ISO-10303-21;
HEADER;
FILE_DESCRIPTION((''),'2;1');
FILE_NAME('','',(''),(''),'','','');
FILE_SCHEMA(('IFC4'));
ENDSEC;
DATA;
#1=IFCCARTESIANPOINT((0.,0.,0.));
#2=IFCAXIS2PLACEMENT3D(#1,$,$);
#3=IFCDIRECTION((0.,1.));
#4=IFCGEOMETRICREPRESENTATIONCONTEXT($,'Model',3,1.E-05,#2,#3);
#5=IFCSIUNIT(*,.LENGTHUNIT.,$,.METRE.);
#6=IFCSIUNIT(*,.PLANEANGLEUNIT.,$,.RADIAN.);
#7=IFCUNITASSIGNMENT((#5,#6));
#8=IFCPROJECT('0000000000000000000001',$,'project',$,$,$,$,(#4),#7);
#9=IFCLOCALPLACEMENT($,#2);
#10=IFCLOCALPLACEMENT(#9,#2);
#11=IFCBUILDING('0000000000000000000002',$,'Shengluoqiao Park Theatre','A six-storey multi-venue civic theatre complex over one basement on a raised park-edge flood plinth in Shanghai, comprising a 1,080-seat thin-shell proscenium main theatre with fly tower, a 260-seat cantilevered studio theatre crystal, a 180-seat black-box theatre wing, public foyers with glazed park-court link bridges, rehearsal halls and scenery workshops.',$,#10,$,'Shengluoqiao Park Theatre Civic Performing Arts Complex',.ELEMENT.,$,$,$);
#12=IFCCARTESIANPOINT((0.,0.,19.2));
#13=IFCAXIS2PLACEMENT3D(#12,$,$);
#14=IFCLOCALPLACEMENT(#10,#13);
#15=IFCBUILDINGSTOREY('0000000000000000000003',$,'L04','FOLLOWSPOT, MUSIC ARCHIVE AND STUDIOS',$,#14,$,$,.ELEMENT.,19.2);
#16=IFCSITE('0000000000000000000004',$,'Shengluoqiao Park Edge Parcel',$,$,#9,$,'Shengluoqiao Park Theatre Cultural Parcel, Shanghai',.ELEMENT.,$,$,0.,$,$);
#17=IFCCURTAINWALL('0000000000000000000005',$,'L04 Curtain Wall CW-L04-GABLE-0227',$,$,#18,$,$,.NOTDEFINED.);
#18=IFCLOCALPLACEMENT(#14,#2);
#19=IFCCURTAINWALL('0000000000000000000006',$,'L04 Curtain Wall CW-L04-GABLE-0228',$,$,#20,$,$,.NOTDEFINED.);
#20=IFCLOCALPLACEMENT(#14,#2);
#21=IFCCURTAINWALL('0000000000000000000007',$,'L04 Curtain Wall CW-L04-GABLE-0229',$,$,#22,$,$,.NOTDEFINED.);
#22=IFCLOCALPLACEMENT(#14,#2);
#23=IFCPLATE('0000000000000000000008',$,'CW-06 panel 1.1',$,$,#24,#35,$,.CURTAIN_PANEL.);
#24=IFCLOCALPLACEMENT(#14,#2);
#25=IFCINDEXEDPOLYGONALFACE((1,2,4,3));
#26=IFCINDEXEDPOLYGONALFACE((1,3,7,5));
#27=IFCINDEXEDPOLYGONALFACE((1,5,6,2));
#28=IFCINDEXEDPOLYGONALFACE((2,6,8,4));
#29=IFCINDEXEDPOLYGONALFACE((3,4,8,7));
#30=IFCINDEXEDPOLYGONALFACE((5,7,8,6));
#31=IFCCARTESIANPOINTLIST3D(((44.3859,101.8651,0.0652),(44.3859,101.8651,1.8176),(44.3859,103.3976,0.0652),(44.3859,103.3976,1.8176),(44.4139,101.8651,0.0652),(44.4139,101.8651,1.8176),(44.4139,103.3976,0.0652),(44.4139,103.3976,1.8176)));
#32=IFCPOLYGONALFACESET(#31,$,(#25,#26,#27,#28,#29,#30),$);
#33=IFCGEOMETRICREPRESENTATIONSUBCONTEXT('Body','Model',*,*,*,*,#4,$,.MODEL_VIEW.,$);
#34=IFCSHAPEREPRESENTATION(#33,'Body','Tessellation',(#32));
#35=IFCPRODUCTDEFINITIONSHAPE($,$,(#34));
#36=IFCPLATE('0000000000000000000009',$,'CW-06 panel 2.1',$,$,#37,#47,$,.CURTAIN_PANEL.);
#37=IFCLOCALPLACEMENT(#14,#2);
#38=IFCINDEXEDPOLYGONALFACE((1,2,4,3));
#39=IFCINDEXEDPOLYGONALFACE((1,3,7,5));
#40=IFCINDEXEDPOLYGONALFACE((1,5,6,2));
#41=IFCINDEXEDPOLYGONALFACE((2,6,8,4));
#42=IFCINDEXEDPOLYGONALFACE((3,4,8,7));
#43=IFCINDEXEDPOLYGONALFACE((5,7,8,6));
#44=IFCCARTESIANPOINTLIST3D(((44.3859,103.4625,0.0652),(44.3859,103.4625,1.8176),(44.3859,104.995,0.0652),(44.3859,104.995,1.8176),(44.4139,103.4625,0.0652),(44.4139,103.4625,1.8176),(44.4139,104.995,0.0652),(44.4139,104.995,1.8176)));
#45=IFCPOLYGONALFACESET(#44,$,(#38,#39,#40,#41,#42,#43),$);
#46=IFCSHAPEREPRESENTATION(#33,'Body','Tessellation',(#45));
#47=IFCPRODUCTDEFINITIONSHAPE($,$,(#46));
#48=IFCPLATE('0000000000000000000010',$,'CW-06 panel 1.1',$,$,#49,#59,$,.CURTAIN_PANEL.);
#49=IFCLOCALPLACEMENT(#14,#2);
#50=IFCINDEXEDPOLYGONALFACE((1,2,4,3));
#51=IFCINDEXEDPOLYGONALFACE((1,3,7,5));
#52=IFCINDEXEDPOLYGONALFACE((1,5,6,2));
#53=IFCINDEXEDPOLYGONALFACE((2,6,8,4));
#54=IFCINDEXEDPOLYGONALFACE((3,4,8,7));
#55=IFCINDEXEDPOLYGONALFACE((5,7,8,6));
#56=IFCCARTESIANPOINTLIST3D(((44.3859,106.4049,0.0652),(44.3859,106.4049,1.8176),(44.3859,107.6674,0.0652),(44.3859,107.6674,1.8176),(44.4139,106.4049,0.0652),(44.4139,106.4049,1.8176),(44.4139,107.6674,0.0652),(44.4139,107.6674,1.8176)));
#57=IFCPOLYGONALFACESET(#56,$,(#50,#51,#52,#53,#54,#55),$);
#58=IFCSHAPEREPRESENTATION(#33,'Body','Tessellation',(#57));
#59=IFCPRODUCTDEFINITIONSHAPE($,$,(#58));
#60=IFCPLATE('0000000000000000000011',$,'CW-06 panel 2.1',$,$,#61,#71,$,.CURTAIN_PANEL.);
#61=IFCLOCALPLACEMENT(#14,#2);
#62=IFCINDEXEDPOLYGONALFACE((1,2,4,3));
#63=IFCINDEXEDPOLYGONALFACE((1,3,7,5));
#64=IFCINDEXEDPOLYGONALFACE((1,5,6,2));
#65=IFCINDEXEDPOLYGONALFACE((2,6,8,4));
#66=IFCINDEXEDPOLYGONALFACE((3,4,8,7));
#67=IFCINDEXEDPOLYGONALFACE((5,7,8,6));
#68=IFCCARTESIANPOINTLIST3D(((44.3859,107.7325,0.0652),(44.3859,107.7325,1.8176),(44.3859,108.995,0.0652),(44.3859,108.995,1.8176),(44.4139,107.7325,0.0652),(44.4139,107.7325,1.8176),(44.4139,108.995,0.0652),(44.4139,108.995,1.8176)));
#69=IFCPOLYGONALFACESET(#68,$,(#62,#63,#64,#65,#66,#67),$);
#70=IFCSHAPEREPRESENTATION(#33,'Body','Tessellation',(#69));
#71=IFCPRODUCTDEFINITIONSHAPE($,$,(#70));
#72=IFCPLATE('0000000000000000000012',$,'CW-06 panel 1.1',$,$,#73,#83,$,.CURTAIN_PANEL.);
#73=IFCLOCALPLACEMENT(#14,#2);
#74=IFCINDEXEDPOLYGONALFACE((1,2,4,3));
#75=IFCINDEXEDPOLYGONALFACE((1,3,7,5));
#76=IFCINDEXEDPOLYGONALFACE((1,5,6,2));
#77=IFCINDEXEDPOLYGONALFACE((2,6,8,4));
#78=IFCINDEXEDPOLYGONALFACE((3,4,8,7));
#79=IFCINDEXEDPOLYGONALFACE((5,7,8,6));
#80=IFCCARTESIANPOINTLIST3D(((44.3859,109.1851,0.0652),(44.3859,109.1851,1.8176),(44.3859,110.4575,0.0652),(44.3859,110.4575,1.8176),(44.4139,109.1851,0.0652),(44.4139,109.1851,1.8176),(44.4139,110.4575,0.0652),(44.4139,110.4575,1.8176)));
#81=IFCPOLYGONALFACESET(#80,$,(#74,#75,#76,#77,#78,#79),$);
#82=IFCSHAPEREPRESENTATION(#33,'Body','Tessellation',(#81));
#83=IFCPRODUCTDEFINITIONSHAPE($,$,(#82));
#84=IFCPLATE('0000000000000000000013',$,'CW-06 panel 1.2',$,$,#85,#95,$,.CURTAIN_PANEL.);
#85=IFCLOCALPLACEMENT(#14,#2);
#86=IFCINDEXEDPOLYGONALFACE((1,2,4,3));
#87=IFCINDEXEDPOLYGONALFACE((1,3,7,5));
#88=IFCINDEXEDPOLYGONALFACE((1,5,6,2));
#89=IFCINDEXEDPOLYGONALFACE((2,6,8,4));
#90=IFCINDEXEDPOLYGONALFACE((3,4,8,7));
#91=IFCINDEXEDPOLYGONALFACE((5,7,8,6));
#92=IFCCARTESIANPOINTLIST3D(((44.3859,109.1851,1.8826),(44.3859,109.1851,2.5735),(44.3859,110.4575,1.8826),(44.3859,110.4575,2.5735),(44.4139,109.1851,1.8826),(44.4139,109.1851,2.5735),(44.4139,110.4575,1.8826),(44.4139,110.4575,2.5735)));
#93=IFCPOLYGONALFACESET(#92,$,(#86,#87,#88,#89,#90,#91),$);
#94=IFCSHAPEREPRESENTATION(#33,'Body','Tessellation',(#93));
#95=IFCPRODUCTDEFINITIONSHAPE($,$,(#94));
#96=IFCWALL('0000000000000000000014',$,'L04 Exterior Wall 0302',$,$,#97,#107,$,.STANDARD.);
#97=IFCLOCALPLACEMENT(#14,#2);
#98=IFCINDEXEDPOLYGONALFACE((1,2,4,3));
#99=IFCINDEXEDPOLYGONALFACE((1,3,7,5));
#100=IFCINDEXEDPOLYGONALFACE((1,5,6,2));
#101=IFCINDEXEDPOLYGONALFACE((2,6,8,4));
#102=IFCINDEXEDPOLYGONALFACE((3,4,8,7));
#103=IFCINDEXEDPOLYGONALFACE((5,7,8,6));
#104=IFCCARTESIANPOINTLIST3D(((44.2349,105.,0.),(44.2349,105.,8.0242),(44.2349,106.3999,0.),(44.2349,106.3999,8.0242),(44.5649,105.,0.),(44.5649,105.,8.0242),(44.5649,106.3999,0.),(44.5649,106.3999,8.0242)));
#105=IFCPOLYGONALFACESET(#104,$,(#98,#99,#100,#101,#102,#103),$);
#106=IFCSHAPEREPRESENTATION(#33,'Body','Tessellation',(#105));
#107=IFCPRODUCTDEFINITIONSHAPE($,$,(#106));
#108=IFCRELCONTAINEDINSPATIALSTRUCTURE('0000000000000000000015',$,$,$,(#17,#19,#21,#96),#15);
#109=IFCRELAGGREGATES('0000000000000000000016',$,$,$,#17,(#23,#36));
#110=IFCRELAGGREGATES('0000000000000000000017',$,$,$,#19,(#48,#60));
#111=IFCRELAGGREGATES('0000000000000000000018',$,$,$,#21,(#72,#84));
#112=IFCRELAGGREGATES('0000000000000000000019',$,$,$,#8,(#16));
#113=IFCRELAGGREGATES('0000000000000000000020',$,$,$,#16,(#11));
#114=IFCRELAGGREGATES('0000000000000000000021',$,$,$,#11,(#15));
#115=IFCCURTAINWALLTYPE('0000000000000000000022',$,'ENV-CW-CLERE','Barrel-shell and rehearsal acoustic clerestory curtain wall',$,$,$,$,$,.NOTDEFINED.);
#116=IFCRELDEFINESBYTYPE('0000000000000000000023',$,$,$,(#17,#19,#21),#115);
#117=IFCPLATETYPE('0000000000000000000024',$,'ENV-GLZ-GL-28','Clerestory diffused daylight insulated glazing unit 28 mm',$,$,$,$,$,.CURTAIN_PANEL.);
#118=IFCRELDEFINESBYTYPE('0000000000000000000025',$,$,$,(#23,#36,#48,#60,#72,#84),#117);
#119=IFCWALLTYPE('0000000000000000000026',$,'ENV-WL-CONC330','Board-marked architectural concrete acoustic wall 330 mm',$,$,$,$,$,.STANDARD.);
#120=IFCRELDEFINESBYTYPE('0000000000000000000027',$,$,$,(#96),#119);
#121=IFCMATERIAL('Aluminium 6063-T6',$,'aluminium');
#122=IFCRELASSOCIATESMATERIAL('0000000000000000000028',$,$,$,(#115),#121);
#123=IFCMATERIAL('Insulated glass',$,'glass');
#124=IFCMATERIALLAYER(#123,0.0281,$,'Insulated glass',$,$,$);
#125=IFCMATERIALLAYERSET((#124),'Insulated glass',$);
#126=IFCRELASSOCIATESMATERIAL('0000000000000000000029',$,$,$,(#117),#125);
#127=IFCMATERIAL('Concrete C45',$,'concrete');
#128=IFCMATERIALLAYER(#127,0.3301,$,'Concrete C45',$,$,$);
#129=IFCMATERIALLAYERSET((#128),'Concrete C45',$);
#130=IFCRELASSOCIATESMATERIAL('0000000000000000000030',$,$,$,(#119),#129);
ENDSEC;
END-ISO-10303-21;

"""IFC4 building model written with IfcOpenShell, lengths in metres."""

from ifc_helpers import new_model, si_unit, direction, frame, frame_2d, origin, origin_2d, place, context, subcontext, project, spatial, rectangle, extrude, material, layer, layer_set, type_object, element, aggregate, save


model = new_model("IFC4")

# Units and contexts
model_context = context("Model", 3, precision=1e-05, world=origin(), true_north=direction((0.0, 1.0)))
body_context = subcontext(model_context, "Body", "Model", "MODEL_VIEW")
ifc_project = project(units=[si_unit("LENGTHUNIT", "METRE"), si_unit("PLANEANGLEUNIT", "RADIAN")], contexts=[model_context])

# Site, building, storey
site_placement = place(None, origin())
site = spatial("IfcSite", under=ifc_project, at=site_placement, Name="Shengluoqiao Park Edge Parcel", LongName="Shengluoqiao Park Theatre Cultural Parcel, Shanghai", CompositionType="ELEMENT", RefElevation=0.0)
building_placement = place(site_placement, origin())
building = spatial("IfcBuilding", under=site, at=building_placement, Name="Shengluoqiao Park Theatre", Description="A six-storey multi-venue civic theatre complex over one basement on a raised park-edge flood plinth in Shanghai, comprising a 1,080-seat thin-shell proscenium main theatre with fly tower, a 260-seat cantilevered studio theatre crystal, a 180-seat black-box theatre wing, public foyers with glazed park-court link bridges, rehearsal halls and scenery workshops.", LongName="Shengluoqiao Park Theatre Civic Performing Arts Complex", CompositionType="ELEMENT")
storey_placement = place(building_placement, frame((0.0, 0.0, 19.2)))
storey = spatial("IfcBuildingStorey", under=building, at=storey_placement, Name="L04", Description="FOLLOWSPOT, MUSIC ARCHIVE AND STUDIOS", CompositionType="ELEMENT", Elevation=19.2)

# Curtain walls
ifc_material_1 = material(Name="Aluminium 6063-T6", Category="aluminium")
curtain_wall_type = type_object("IfcCurtainWallType", Name="ENV-CW-CLERE", Description="Barrel-shell and rehearsal acoustic clerestory curtain wall", PredefinedType="NOTDEFINED", material=ifc_material_1)
curtain_wall_1_placement = place(storey_placement, origin())
curtain_wall_1 = element("IfcCurtainWall", 1, at=curtain_wall_1_placement, inside=storey, type_object=curtain_wall_type, Name="L04 Curtain Wall CW-L04-GABLE-0227", PredefinedType="NOTDEFINED")
curtain_wall_2_placement = place(storey_placement, origin())
curtain_wall_2 = element("IfcCurtainWall", 2, at=curtain_wall_2_placement, inside=storey, type_object=curtain_wall_type, Name="L04 Curtain Wall CW-L04-GABLE-0228", PredefinedType="NOTDEFINED")

# Curtain wall
curtain_wall_3_placement = place(storey_placement, origin())
curtain_wall_3 = element("IfcCurtainWall", 3, at=curtain_wall_3_placement, inside=storey, type_object=curtain_wall_type, Name="L04 Curtain Wall CW-L04-GABLE-0229", PredefinedType="NOTDEFINED")

# Plates
ifc_material_2 = material(Name="Insulated glass", Category="glass")
ifc_layer_1 = layer(ifc_material_2, 0.0281, Name="Insulated glass")
ifc_layer_set_1 = layer_set([ifc_layer_1], Name="Insulated glass")
plate_type = type_object("IfcPlateType", Name="ENV-GLZ-GL-28", Description="Clerestory diffused daylight insulated glazing unit 28 mm", PredefinedType="CURTAIN_PANEL", material=ifc_layer_set_1)
plate_1_placement = place(storey_placement, frame((44.3999, 102.6313, 0.0652), z_axis=(0.0, 0.0, 1.0), x_axis=(0.0, 1.0, 0.0)))
plate_1 = element("IfcPlate", 4, at=plate_1_placement, type_object=plate_type, Name="CW-06 panel 1.1", PredefinedType="CURTAIN_PANEL", context=body_context, shape_type="SweptSolid", body=[
    extrude(rectangle(XDim=1.5325, YDim=0.0281, at=origin_2d()), origin(), (0.0, 0.0, 1.0), 1.7524),
])
plate_2_placement = place(storey_placement, frame((44.3999, 104.2288, 0.0652), z_axis=(0.0, 0.0, 1.0), x_axis=(0.0, 1.0, 0.0)))
plate_2 = element("IfcPlate", 5, at=plate_2_placement, type_object=plate_type, Name="CW-06 panel 2.1", PredefinedType="CURTAIN_PANEL", context=body_context, shape_type="SweptSolid", body=[
    extrude(rectangle(XDim=1.5325, YDim=0.0281, at=origin_2d()), origin(), (0.0, 0.0, 1.0), 1.7524),
])
aggregate(curtain_wall_1, [plate_1, plate_2])
plate_3_placement = place(storey_placement, frame((44.3999, 107.0361, 0.0652), z_axis=(0.0, 0.0, 1.0), x_axis=(0.0, 1.0, 0.0)))
plate_3 = element("IfcPlate", 6, at=plate_3_placement, type_object=plate_type, Name="CW-06 panel 1.1", PredefinedType="CURTAIN_PANEL", context=body_context, shape_type="SweptSolid", body=[
    extrude(rectangle(XDim=1.2625, YDim=0.0281, at=origin_2d()), origin(), (0.0, 0.0, 1.0), 1.7524),
])
plate_4_placement = place(storey_placement, frame((44.3999, 108.3638, 0.0652), z_axis=(0.0, 0.0, 1.0), x_axis=(0.0, 1.0, 0.0)))
plate_4 = element("IfcPlate", 7, at=plate_4_placement, type_object=plate_type, Name="CW-06 panel 2.1", PredefinedType="CURTAIN_PANEL", context=body_context, shape_type="SweptSolid", body=[
    extrude(rectangle(XDim=1.2625, YDim=0.0281, at=origin_2d()), origin(), (0.0, 0.0, 1.0), 1.7524),
])
aggregate(curtain_wall_2, [plate_3, plate_4])
plate_5_placement = place(storey_placement, frame((44.3999, 109.8213, 0.0652), z_axis=(0.0, 0.0, 1.0), x_axis=(0.0, 1.0, 0.0)))
plate_5 = element("IfcPlate", 8, at=plate_5_placement, type_object=plate_type, Name="CW-06 panel 1.1", PredefinedType="CURTAIN_PANEL", context=body_context, shape_type="SweptSolid", body=[
    extrude(rectangle(XDim=1.2725, YDim=0.0281, at=origin_2d()), origin(), (0.0, 0.0, 1.0), 1.7524),
])
plate_6_placement = place(storey_placement, frame((44.3999, 109.8213, 1.8826), z_axis=(0.0, 0.0, 1.0), x_axis=(0.0, 1.0, 0.0)))
plate_6 = element("IfcPlate", 9, at=plate_6_placement, type_object=plate_type, Name="CW-06 panel 1.2", PredefinedType="CURTAIN_PANEL", context=body_context, shape_type="SweptSolid", body=[
    extrude(rectangle(XDim=1.2725, YDim=0.0281, at=origin_2d()), origin(), (0.0, 0.0, 1.0), 0.6909),
])
aggregate(curtain_wall_3, [plate_5, plate_6])

# Wall
ifc_material_3 = material(Name="Concrete C45", Category="concrete")
ifc_layer_2 = layer(ifc_material_3, 0.3301, Name="Concrete C45")
ifc_layer_set_2 = layer_set([ifc_layer_2], Name="Concrete C45")
wall_type = type_object("IfcWallType", Name="ENV-WL-CONC330", Description="Board-marked architectural concrete acoustic wall 330 mm", PredefinedType="STANDARD", material=ifc_layer_set_2)
wall_placement = place(storey_placement, frame((44.3999, 105.0, 0.0), z_axis=(0.0, 0.0, 1.0), x_axis=(0.0, 1.0, 0.0)))
element("IfcWall", 10, at=wall_placement, inside=storey, type_object=wall_type, Name="L04 Exterior Wall 0302", PredefinedType="STANDARD", context=body_context, shape_type="SweptSolid", body=[
    extrude(rectangle(XDim=1.3999, YDim=0.3301, at=frame_2d((0.7, 0.0))), origin(), (0.0, 0.0, 1.0), 8.0242),
])

save(model, "model.ifc")
